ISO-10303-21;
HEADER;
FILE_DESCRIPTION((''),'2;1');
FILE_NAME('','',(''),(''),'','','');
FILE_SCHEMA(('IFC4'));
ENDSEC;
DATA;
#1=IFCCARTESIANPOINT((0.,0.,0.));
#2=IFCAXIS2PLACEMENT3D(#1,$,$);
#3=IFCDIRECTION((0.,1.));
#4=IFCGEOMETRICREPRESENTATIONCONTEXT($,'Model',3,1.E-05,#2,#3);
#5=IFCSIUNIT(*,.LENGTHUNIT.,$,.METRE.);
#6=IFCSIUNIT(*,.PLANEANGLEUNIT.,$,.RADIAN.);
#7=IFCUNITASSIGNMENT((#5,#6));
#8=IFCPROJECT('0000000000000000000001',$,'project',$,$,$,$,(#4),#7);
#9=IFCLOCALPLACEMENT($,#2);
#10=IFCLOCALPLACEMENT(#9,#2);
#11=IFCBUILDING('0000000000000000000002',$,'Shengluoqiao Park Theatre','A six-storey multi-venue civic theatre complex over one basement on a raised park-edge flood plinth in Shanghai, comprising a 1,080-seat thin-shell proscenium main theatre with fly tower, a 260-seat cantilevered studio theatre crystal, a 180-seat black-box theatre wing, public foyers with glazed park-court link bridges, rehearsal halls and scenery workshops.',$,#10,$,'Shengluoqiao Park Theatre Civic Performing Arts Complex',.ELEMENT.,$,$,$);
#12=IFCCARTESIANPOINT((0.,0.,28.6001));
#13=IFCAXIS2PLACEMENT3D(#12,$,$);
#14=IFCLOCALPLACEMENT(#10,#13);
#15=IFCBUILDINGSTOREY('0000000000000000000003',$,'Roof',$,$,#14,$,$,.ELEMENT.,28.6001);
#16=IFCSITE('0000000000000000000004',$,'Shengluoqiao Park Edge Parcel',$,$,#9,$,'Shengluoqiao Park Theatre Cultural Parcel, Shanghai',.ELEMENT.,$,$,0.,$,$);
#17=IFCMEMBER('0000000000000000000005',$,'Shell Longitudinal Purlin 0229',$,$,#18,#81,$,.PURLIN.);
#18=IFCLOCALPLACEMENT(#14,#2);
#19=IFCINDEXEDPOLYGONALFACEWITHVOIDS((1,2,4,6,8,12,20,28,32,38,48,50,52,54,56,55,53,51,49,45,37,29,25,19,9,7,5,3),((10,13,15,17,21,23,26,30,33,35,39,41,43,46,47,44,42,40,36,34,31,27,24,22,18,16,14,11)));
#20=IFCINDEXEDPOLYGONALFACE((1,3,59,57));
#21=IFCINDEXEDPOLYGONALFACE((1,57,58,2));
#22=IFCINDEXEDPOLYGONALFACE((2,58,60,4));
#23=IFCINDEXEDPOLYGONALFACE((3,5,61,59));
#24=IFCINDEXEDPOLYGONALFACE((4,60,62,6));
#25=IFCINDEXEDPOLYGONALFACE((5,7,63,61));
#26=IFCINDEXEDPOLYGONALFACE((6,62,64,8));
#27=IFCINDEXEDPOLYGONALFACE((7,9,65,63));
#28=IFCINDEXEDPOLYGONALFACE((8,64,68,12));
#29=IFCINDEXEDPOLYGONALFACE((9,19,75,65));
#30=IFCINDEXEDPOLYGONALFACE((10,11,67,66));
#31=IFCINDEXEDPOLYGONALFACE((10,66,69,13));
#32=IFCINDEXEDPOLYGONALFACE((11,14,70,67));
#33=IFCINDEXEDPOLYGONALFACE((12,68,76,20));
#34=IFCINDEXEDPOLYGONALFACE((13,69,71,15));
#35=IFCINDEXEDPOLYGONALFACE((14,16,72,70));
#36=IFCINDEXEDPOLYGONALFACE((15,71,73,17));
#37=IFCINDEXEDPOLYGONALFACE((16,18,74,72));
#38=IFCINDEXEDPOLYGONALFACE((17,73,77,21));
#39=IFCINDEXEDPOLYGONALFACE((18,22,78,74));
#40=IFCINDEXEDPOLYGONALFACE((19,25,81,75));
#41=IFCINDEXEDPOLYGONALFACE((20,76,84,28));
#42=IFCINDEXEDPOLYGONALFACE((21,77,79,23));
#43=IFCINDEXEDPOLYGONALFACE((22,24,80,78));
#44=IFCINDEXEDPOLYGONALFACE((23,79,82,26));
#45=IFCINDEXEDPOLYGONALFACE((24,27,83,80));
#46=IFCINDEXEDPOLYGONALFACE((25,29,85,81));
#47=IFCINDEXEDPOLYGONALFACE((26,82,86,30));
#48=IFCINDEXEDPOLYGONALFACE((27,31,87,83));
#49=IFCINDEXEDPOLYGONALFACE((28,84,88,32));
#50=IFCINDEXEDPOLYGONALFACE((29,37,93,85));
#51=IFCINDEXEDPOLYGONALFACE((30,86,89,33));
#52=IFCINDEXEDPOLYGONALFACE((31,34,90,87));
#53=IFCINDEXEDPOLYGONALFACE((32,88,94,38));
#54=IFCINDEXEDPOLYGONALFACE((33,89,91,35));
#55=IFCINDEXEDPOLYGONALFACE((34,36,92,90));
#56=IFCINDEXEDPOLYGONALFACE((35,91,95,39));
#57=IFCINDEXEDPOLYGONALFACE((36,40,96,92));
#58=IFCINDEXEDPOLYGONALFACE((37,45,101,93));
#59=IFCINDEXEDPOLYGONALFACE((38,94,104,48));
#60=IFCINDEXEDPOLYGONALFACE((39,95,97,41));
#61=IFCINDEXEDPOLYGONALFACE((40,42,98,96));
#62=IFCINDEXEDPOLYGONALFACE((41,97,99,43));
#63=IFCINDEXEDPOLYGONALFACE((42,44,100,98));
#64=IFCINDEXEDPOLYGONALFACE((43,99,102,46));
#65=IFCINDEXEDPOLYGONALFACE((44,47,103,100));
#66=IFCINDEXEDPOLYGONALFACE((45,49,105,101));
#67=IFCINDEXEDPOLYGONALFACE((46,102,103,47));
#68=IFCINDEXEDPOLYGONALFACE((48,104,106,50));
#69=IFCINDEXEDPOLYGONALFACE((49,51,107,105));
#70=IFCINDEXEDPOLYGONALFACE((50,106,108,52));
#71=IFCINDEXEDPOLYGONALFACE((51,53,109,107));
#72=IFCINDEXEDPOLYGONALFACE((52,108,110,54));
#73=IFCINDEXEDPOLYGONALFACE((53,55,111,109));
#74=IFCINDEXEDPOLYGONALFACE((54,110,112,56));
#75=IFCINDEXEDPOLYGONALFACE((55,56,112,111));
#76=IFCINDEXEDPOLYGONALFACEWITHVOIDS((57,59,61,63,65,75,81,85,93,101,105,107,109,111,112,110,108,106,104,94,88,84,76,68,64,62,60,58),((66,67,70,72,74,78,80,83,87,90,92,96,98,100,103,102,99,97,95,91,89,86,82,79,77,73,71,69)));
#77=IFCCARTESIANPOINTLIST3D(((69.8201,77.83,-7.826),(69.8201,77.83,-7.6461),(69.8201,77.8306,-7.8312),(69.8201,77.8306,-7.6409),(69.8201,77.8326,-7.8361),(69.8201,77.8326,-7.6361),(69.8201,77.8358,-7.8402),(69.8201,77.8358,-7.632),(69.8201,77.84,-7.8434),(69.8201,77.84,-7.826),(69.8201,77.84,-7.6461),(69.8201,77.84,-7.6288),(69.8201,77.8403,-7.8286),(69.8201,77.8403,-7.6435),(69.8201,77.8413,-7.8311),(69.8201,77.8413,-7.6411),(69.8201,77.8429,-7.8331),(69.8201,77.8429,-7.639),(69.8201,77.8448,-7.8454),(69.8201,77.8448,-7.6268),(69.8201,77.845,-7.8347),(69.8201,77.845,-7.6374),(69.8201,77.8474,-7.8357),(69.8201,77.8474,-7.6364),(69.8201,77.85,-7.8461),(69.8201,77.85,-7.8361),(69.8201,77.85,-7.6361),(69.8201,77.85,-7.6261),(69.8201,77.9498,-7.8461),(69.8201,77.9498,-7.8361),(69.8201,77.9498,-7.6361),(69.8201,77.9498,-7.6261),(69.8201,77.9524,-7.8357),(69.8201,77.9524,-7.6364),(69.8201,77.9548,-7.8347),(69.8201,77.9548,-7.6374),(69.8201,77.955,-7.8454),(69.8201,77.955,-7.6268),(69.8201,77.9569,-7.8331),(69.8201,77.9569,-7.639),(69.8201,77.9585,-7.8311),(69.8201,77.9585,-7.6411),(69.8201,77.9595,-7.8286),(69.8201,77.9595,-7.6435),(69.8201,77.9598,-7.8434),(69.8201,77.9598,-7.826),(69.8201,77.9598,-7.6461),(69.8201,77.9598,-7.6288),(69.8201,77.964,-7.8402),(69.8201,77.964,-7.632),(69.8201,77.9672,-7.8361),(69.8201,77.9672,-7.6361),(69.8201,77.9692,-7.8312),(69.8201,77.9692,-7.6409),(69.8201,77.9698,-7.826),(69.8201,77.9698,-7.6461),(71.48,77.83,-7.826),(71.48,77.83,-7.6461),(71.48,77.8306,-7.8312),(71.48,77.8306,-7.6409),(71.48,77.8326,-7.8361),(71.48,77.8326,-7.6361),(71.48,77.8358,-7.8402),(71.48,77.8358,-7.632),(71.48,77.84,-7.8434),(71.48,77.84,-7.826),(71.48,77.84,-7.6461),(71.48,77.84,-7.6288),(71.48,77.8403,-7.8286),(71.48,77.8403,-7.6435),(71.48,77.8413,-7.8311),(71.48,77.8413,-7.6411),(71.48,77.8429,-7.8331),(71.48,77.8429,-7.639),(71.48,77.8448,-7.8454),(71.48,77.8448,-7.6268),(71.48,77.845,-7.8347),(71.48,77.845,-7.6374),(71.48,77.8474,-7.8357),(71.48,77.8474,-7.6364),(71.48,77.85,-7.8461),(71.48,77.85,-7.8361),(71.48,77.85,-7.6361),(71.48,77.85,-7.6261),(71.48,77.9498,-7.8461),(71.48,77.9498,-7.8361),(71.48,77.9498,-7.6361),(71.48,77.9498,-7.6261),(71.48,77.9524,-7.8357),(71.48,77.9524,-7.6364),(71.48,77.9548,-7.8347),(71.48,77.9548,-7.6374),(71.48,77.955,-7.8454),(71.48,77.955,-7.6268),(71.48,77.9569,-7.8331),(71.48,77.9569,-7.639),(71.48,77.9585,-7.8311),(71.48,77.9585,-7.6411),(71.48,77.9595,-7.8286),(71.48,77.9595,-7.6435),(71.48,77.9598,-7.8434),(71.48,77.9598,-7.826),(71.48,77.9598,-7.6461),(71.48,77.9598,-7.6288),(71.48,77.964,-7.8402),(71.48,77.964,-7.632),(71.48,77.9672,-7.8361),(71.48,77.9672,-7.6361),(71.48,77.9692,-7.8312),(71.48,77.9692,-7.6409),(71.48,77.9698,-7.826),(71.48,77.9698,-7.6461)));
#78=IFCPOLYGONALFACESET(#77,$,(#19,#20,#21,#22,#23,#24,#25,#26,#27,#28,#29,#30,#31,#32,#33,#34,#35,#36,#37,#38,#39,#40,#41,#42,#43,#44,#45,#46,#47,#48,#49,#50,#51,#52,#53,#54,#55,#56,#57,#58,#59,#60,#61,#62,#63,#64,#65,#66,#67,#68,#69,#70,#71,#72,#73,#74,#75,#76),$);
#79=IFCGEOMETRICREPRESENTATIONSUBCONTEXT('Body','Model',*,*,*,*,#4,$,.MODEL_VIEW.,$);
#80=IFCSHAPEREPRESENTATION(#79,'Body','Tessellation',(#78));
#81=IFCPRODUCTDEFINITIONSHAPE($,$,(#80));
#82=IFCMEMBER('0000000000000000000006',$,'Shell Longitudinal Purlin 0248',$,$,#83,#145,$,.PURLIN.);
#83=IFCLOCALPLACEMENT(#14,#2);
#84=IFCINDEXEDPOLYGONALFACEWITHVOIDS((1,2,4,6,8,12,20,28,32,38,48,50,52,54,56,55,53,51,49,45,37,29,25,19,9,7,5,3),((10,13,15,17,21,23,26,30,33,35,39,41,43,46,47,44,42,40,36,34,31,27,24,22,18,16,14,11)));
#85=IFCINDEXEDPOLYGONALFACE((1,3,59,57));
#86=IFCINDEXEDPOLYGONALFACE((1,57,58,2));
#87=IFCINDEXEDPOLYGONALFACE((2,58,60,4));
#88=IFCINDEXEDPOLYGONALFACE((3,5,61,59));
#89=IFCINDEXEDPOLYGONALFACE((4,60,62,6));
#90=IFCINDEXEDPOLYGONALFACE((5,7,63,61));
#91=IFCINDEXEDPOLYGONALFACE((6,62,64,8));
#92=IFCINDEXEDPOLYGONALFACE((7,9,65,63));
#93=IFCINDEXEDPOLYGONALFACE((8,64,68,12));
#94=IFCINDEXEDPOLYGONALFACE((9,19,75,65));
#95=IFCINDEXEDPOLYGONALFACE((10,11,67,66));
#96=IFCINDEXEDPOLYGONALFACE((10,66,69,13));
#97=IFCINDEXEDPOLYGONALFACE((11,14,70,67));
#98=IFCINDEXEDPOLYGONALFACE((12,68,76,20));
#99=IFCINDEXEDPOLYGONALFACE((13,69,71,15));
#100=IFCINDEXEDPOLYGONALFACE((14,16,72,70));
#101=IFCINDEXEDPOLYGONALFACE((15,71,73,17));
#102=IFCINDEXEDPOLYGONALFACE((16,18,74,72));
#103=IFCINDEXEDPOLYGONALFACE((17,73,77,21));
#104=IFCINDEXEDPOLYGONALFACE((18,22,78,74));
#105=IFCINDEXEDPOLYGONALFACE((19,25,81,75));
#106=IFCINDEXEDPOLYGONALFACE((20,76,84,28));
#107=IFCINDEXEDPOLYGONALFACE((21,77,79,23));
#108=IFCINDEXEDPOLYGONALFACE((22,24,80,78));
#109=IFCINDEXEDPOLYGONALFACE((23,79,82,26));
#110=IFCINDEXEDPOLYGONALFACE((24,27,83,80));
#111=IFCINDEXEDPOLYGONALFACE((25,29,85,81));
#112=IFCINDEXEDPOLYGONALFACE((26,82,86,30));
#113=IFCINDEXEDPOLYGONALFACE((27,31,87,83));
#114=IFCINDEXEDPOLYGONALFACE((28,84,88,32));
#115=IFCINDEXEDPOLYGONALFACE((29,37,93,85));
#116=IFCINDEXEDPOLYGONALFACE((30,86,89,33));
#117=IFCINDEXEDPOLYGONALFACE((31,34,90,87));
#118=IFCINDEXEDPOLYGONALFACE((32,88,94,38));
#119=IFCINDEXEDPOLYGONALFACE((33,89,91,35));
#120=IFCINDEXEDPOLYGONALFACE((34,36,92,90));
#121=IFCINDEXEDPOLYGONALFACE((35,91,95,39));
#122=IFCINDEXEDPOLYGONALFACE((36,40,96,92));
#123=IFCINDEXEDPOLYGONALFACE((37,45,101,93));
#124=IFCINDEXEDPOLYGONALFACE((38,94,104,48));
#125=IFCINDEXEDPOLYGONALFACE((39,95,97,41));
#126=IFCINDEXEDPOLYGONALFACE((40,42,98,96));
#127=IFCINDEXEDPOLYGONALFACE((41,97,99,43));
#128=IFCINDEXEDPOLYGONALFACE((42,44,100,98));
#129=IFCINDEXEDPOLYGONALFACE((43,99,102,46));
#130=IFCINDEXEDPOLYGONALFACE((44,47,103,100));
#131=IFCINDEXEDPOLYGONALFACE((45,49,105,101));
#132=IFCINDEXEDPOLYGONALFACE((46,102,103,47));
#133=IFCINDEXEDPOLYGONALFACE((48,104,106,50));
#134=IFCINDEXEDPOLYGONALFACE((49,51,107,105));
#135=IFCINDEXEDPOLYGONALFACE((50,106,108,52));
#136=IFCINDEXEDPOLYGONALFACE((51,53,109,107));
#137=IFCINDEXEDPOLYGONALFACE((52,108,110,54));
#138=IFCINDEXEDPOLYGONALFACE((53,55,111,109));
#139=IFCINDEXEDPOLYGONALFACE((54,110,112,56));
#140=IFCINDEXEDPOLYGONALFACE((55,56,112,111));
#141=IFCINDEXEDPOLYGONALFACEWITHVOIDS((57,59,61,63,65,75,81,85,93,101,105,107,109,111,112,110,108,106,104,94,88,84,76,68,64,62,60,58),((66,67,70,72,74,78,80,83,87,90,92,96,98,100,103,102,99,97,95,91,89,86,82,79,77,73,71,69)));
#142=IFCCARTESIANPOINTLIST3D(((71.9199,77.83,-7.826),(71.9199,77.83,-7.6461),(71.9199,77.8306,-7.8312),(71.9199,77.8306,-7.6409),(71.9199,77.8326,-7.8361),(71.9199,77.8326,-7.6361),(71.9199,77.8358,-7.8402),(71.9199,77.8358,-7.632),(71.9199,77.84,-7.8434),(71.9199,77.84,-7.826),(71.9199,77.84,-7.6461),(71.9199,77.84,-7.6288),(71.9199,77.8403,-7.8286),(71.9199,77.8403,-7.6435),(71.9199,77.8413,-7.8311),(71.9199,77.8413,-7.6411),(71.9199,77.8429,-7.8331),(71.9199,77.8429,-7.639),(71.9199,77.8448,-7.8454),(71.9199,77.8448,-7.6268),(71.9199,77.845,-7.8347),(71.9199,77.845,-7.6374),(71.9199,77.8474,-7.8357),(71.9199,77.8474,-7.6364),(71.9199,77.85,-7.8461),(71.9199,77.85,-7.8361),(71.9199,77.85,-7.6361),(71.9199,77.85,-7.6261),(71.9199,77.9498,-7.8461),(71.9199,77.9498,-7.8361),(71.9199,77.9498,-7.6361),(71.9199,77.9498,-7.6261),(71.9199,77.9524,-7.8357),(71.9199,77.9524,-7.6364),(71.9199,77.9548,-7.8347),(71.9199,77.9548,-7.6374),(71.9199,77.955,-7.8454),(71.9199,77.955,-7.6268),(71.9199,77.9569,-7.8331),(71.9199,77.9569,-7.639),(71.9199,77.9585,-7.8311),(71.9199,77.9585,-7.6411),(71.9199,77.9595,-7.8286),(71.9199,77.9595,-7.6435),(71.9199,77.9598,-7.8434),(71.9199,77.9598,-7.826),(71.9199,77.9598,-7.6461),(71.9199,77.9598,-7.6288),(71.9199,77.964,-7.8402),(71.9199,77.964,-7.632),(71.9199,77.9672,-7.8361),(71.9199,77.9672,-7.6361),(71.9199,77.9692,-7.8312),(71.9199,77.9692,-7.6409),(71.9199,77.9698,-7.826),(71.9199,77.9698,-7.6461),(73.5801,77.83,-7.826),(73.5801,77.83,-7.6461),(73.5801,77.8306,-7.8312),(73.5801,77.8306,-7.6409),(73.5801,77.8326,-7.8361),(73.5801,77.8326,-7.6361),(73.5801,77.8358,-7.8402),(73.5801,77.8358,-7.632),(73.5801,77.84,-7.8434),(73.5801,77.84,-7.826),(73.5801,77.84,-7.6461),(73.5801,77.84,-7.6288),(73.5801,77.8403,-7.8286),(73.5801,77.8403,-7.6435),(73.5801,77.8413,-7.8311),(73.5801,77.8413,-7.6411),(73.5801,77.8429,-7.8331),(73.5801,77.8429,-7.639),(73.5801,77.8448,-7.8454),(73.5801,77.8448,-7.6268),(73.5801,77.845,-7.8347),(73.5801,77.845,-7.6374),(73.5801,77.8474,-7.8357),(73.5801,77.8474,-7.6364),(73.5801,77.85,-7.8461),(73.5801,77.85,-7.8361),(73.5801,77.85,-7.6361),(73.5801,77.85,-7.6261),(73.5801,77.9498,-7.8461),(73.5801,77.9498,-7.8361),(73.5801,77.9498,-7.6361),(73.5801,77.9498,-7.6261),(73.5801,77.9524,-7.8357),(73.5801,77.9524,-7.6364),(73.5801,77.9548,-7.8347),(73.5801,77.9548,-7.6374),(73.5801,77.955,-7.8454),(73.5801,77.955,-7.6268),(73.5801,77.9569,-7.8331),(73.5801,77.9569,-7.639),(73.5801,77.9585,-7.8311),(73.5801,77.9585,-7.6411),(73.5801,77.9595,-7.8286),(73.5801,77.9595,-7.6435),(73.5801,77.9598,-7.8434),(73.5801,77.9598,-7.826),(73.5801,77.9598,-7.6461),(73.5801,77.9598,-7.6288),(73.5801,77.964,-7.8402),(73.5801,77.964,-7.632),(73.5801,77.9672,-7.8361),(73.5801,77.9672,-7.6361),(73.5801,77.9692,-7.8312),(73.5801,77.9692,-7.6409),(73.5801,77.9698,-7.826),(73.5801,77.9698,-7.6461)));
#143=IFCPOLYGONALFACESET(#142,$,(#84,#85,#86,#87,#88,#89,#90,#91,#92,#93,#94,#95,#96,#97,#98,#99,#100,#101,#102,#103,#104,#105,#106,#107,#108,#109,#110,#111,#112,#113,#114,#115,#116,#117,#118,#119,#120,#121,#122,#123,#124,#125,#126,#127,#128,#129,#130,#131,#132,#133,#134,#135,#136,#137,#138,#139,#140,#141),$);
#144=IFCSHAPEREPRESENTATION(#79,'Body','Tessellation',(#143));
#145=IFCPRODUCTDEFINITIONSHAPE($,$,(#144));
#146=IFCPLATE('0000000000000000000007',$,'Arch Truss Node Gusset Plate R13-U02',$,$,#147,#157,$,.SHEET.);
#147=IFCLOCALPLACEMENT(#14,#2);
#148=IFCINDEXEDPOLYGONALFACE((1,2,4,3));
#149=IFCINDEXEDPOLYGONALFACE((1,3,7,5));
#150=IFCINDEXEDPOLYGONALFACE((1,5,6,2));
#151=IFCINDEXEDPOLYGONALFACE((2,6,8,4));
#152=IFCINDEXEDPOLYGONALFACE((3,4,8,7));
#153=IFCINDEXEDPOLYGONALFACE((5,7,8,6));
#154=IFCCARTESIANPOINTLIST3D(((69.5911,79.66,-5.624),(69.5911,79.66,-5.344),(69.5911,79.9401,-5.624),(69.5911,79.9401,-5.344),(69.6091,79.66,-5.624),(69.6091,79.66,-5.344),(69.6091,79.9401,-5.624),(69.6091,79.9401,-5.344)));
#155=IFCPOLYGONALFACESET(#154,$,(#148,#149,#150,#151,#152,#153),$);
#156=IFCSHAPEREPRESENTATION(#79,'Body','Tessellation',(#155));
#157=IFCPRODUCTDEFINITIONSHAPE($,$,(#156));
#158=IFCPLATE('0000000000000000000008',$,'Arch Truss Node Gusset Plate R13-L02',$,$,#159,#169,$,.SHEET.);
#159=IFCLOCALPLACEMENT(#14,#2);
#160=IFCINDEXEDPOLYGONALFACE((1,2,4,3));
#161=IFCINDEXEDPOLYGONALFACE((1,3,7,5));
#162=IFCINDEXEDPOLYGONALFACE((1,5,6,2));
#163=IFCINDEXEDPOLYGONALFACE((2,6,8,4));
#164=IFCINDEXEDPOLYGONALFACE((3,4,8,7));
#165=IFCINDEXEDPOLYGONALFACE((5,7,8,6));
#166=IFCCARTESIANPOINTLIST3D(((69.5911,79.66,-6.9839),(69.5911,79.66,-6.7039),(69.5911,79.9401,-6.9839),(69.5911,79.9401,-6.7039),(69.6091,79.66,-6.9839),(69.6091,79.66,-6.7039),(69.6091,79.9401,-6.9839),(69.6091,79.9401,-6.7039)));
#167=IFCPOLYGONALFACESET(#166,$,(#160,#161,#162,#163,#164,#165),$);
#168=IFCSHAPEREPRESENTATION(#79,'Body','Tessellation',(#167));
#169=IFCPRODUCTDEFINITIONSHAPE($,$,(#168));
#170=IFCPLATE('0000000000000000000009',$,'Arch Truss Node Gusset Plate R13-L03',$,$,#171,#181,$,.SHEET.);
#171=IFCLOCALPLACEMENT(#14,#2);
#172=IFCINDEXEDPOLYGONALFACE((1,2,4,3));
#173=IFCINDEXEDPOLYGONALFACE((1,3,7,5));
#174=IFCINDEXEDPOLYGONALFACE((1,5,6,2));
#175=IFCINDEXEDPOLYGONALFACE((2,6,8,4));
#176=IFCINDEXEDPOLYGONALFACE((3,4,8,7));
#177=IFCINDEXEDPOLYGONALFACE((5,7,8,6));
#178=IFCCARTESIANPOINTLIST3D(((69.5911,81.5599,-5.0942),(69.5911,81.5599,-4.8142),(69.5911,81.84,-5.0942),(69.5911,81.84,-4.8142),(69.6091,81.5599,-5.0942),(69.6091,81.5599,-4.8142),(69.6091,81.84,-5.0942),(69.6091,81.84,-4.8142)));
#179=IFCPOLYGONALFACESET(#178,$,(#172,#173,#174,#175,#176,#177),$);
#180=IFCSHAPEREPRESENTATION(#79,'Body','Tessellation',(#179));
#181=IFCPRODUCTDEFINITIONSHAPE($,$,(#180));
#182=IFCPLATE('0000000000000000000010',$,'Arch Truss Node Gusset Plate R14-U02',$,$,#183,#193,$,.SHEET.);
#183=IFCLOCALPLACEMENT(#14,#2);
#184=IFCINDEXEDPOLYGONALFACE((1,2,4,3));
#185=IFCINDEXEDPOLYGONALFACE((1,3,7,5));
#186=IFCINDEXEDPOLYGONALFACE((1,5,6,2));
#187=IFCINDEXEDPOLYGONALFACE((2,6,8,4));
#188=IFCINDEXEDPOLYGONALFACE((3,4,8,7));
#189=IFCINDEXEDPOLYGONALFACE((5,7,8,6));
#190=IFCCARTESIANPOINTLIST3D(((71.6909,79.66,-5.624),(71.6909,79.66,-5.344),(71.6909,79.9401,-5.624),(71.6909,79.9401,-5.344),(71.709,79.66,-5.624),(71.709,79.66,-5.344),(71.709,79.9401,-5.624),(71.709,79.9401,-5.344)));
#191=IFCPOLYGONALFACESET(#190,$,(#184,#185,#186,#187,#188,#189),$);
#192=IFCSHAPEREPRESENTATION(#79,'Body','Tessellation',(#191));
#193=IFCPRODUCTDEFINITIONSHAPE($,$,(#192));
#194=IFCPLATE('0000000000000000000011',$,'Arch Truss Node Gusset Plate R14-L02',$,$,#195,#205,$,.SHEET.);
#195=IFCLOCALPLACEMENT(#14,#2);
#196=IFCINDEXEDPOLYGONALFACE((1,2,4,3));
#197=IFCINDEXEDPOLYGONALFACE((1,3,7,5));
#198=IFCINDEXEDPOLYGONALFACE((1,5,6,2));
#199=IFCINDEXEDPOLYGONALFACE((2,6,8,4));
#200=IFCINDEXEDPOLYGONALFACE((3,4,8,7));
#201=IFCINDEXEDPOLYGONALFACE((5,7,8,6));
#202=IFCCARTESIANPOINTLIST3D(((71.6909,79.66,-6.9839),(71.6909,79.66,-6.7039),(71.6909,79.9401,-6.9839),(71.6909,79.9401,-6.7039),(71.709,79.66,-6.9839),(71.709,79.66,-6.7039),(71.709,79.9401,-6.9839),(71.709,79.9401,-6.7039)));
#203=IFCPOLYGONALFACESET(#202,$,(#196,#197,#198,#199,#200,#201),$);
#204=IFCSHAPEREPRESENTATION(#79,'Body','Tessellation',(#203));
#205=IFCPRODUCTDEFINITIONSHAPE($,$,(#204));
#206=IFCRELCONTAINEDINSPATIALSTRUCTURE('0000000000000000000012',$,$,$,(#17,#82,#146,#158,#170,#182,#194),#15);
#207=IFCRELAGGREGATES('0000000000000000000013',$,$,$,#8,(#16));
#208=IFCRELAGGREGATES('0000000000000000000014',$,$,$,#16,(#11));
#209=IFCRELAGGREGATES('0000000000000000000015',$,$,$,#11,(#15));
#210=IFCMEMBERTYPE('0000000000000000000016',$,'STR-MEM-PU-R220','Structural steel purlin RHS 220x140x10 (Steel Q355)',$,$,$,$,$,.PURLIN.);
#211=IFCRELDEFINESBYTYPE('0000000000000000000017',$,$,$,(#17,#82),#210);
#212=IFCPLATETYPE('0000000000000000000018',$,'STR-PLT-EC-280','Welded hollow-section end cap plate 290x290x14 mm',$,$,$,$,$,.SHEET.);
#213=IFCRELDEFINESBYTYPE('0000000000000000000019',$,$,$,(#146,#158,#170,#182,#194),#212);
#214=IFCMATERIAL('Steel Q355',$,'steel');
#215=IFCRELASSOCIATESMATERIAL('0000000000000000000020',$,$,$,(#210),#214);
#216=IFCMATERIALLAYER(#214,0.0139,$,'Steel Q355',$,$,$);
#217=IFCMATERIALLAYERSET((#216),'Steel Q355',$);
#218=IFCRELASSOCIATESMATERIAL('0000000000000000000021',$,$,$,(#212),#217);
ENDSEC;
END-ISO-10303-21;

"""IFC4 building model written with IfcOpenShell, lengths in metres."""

from ifc_helpers import new_model, si_unit, direction, frame, origin, origin_2d, place, context, subcontext, project, spatial, rectangle, hollow_rectangle, extrude, material, layer, layer_set, material_profile, profile_set, type_object, element, save


model = new_model("IFC4")

# Units and contexts
model_context = context("Model", 3, precision=1e-05, world=origin(), true_north=direction((0.0, 1.0)))
body_context = subcontext(model_context, "Body", "Model", "MODEL_VIEW")
ifc_project = project(units=[si_unit("LENGTHUNIT", "METRE"), si_unit("PLANEANGLEUNIT", "RADIAN")], contexts=[model_context])

# Site, building, storey
site_placement = place(None, origin())
site = spatial("IfcSite", under=ifc_project, at=site_placement, Name="Shengluoqiao Park Edge Parcel", LongName="Shengluoqiao Park Theatre Cultural Parcel, Shanghai", CompositionType="ELEMENT", RefElevation=0.0)
building_placement = place(site_placement, origin())
building = spatial("IfcBuilding", under=site, at=building_placement, Name="Shengluoqiao Park Theatre", Description="A six-storey multi-venue civic theatre complex over one basement on a raised park-edge flood plinth in Shanghai, comprising a 1,080-seat thin-shell proscenium main theatre with fly tower, a 260-seat cantilevered studio theatre crystal, a 180-seat black-box theatre wing, public foyers with glazed park-court link bridges, rehearsal halls and scenery workshops.", LongName="Shengluoqiao Park Theatre Civic Performing Arts Complex", CompositionType="ELEMENT")
storey_placement = place(building_placement, frame((0.0, 0.0, 28.6001)))
storey = spatial("IfcBuildingStorey", under=building, at=storey_placement, Name="Roof", CompositionType="ELEMENT", Elevation=28.6001)

# Shared definitions
ifc_material_1 = material(Name="Steel Q355", Category="steel")

# Members
ifc_material_profile_1 = material_profile(ifc_material_1, hollow_rectangle(XDim=0.1399, YDim=0.22, WallThickness=0.01, InnerFilletRadius=0.01, OuterFilletRadius=0.02, at=origin_2d()), Name="RHS 220x140x10")
ifc_profile_set_1 = profile_set([ifc_material_profile_1], Name="Steel Q355")
member_type_1 = type_object("IfcMemberType", Name="STR-MEM-PU-R220", Description="Structural steel purlin RHS 220x140x10 (Steel Q355)", PredefinedType="PURLIN", material=ifc_profile_set_1)
for number, where, z_axis, x_axis, name in (
    (1, (69.8201, 77.8999, -7.7361), (1.0, 0.0, 0.0), (0.0, 1.0, 0.0), "Shell Longitudinal Purlin 0229"),
):
    element("IfcMember", number, at=place(storey_placement, frame(where, z_axis=z_axis, x_axis=x_axis)), inside=storey, type_object=member_type_1, Name=name, PredefinedType="PURLIN", context=body_context, shape_type="SweptSolid", body=[
        extrude(hollow_rectangle(XDim=0.1399, YDim=0.22, WallThickness=0.01, InnerFilletRadius=0.01, OuterFilletRadius=0.02, at=origin_2d()), origin(), (0.0, 0.0, 1.0), 1.6599),
    ])
member_1_placement = place(storey_placement, frame((71.9199, 77.8999, -7.7361), z_axis=(1.0, 0.0, 0.0), x_axis=(0.0, 1.0, 0.0)))
element("IfcMember", 2, at=member_1_placement, inside=storey, type_object=member_type_1, Name="Shell Longitudinal Purlin 0248", PredefinedType="PURLIN", context=body_context, shape_type="SweptSolid", body=[
    extrude(hollow_rectangle(XDim=0.1399, YDim=0.22, WallThickness=0.01, InnerFilletRadius=0.01, OuterFilletRadius=0.02, at=origin_2d()), origin(), (0.0, 0.0, 1.0), 1.6602),
])

# Plates
ifc_layer_1 = layer(ifc_material_1, 0.0139, Name="Steel Q355")
ifc_layer_set_1 = layer_set([ifc_layer_1], Name="Steel Q355")
plate_type_1 = type_object("IfcPlateType", Name="STR-PLT-EC-280", Description="Welded hollow-section end cap plate 290x290x14 mm", PredefinedType="SHEET", material=ifc_layer_set_1)
for number, where, z_axis, x_axis, name in (
    (3, (69.6001, 79.8, -5.624), (0.0, 0.0, 1.0), (1.0, 0.0, 0.0), "Arch Truss Node Gusset Plate R13-U02"),
    (4, (69.6001, 79.8, -6.9839), (0.0, 0.0, 1.0), (1.0, 0.0, 0.0), "Arch Truss Node Gusset Plate R13-L02"),
    (5, (69.6001, 81.7, -5.0942), (0.0, 0.0, 1.0), (1.0, 0.0, 0.0), "Arch Truss Node Gusset Plate R13-L03"),
    (6, (71.7, 79.8, -5.624), (0.0, 0.0, 1.0), (1.0, 0.0, 0.0), "Arch Truss Node Gusset Plate R14-U02"),
    (7, (71.7, 79.8, -6.9839), (0.0, 0.0, 1.0), (1.0, 0.0, 0.0), "Arch Truss Node Gusset Plate R14-L02"),
):
    element("IfcPlate", number, at=place(storey_placement, frame(where, z_axis=z_axis, x_axis=x_axis)), inside=storey, type_object=plate_type_1, Name=name, PredefinedType="SHEET", context=body_context, shape_type="SweptSolid", body=[
        extrude(rectangle(XDim=0.0181, YDim=0.28, at=origin_2d()), origin(), (0.0, 0.0, 1.0), 0.28),
    ])

save(model, "model.ifc")
